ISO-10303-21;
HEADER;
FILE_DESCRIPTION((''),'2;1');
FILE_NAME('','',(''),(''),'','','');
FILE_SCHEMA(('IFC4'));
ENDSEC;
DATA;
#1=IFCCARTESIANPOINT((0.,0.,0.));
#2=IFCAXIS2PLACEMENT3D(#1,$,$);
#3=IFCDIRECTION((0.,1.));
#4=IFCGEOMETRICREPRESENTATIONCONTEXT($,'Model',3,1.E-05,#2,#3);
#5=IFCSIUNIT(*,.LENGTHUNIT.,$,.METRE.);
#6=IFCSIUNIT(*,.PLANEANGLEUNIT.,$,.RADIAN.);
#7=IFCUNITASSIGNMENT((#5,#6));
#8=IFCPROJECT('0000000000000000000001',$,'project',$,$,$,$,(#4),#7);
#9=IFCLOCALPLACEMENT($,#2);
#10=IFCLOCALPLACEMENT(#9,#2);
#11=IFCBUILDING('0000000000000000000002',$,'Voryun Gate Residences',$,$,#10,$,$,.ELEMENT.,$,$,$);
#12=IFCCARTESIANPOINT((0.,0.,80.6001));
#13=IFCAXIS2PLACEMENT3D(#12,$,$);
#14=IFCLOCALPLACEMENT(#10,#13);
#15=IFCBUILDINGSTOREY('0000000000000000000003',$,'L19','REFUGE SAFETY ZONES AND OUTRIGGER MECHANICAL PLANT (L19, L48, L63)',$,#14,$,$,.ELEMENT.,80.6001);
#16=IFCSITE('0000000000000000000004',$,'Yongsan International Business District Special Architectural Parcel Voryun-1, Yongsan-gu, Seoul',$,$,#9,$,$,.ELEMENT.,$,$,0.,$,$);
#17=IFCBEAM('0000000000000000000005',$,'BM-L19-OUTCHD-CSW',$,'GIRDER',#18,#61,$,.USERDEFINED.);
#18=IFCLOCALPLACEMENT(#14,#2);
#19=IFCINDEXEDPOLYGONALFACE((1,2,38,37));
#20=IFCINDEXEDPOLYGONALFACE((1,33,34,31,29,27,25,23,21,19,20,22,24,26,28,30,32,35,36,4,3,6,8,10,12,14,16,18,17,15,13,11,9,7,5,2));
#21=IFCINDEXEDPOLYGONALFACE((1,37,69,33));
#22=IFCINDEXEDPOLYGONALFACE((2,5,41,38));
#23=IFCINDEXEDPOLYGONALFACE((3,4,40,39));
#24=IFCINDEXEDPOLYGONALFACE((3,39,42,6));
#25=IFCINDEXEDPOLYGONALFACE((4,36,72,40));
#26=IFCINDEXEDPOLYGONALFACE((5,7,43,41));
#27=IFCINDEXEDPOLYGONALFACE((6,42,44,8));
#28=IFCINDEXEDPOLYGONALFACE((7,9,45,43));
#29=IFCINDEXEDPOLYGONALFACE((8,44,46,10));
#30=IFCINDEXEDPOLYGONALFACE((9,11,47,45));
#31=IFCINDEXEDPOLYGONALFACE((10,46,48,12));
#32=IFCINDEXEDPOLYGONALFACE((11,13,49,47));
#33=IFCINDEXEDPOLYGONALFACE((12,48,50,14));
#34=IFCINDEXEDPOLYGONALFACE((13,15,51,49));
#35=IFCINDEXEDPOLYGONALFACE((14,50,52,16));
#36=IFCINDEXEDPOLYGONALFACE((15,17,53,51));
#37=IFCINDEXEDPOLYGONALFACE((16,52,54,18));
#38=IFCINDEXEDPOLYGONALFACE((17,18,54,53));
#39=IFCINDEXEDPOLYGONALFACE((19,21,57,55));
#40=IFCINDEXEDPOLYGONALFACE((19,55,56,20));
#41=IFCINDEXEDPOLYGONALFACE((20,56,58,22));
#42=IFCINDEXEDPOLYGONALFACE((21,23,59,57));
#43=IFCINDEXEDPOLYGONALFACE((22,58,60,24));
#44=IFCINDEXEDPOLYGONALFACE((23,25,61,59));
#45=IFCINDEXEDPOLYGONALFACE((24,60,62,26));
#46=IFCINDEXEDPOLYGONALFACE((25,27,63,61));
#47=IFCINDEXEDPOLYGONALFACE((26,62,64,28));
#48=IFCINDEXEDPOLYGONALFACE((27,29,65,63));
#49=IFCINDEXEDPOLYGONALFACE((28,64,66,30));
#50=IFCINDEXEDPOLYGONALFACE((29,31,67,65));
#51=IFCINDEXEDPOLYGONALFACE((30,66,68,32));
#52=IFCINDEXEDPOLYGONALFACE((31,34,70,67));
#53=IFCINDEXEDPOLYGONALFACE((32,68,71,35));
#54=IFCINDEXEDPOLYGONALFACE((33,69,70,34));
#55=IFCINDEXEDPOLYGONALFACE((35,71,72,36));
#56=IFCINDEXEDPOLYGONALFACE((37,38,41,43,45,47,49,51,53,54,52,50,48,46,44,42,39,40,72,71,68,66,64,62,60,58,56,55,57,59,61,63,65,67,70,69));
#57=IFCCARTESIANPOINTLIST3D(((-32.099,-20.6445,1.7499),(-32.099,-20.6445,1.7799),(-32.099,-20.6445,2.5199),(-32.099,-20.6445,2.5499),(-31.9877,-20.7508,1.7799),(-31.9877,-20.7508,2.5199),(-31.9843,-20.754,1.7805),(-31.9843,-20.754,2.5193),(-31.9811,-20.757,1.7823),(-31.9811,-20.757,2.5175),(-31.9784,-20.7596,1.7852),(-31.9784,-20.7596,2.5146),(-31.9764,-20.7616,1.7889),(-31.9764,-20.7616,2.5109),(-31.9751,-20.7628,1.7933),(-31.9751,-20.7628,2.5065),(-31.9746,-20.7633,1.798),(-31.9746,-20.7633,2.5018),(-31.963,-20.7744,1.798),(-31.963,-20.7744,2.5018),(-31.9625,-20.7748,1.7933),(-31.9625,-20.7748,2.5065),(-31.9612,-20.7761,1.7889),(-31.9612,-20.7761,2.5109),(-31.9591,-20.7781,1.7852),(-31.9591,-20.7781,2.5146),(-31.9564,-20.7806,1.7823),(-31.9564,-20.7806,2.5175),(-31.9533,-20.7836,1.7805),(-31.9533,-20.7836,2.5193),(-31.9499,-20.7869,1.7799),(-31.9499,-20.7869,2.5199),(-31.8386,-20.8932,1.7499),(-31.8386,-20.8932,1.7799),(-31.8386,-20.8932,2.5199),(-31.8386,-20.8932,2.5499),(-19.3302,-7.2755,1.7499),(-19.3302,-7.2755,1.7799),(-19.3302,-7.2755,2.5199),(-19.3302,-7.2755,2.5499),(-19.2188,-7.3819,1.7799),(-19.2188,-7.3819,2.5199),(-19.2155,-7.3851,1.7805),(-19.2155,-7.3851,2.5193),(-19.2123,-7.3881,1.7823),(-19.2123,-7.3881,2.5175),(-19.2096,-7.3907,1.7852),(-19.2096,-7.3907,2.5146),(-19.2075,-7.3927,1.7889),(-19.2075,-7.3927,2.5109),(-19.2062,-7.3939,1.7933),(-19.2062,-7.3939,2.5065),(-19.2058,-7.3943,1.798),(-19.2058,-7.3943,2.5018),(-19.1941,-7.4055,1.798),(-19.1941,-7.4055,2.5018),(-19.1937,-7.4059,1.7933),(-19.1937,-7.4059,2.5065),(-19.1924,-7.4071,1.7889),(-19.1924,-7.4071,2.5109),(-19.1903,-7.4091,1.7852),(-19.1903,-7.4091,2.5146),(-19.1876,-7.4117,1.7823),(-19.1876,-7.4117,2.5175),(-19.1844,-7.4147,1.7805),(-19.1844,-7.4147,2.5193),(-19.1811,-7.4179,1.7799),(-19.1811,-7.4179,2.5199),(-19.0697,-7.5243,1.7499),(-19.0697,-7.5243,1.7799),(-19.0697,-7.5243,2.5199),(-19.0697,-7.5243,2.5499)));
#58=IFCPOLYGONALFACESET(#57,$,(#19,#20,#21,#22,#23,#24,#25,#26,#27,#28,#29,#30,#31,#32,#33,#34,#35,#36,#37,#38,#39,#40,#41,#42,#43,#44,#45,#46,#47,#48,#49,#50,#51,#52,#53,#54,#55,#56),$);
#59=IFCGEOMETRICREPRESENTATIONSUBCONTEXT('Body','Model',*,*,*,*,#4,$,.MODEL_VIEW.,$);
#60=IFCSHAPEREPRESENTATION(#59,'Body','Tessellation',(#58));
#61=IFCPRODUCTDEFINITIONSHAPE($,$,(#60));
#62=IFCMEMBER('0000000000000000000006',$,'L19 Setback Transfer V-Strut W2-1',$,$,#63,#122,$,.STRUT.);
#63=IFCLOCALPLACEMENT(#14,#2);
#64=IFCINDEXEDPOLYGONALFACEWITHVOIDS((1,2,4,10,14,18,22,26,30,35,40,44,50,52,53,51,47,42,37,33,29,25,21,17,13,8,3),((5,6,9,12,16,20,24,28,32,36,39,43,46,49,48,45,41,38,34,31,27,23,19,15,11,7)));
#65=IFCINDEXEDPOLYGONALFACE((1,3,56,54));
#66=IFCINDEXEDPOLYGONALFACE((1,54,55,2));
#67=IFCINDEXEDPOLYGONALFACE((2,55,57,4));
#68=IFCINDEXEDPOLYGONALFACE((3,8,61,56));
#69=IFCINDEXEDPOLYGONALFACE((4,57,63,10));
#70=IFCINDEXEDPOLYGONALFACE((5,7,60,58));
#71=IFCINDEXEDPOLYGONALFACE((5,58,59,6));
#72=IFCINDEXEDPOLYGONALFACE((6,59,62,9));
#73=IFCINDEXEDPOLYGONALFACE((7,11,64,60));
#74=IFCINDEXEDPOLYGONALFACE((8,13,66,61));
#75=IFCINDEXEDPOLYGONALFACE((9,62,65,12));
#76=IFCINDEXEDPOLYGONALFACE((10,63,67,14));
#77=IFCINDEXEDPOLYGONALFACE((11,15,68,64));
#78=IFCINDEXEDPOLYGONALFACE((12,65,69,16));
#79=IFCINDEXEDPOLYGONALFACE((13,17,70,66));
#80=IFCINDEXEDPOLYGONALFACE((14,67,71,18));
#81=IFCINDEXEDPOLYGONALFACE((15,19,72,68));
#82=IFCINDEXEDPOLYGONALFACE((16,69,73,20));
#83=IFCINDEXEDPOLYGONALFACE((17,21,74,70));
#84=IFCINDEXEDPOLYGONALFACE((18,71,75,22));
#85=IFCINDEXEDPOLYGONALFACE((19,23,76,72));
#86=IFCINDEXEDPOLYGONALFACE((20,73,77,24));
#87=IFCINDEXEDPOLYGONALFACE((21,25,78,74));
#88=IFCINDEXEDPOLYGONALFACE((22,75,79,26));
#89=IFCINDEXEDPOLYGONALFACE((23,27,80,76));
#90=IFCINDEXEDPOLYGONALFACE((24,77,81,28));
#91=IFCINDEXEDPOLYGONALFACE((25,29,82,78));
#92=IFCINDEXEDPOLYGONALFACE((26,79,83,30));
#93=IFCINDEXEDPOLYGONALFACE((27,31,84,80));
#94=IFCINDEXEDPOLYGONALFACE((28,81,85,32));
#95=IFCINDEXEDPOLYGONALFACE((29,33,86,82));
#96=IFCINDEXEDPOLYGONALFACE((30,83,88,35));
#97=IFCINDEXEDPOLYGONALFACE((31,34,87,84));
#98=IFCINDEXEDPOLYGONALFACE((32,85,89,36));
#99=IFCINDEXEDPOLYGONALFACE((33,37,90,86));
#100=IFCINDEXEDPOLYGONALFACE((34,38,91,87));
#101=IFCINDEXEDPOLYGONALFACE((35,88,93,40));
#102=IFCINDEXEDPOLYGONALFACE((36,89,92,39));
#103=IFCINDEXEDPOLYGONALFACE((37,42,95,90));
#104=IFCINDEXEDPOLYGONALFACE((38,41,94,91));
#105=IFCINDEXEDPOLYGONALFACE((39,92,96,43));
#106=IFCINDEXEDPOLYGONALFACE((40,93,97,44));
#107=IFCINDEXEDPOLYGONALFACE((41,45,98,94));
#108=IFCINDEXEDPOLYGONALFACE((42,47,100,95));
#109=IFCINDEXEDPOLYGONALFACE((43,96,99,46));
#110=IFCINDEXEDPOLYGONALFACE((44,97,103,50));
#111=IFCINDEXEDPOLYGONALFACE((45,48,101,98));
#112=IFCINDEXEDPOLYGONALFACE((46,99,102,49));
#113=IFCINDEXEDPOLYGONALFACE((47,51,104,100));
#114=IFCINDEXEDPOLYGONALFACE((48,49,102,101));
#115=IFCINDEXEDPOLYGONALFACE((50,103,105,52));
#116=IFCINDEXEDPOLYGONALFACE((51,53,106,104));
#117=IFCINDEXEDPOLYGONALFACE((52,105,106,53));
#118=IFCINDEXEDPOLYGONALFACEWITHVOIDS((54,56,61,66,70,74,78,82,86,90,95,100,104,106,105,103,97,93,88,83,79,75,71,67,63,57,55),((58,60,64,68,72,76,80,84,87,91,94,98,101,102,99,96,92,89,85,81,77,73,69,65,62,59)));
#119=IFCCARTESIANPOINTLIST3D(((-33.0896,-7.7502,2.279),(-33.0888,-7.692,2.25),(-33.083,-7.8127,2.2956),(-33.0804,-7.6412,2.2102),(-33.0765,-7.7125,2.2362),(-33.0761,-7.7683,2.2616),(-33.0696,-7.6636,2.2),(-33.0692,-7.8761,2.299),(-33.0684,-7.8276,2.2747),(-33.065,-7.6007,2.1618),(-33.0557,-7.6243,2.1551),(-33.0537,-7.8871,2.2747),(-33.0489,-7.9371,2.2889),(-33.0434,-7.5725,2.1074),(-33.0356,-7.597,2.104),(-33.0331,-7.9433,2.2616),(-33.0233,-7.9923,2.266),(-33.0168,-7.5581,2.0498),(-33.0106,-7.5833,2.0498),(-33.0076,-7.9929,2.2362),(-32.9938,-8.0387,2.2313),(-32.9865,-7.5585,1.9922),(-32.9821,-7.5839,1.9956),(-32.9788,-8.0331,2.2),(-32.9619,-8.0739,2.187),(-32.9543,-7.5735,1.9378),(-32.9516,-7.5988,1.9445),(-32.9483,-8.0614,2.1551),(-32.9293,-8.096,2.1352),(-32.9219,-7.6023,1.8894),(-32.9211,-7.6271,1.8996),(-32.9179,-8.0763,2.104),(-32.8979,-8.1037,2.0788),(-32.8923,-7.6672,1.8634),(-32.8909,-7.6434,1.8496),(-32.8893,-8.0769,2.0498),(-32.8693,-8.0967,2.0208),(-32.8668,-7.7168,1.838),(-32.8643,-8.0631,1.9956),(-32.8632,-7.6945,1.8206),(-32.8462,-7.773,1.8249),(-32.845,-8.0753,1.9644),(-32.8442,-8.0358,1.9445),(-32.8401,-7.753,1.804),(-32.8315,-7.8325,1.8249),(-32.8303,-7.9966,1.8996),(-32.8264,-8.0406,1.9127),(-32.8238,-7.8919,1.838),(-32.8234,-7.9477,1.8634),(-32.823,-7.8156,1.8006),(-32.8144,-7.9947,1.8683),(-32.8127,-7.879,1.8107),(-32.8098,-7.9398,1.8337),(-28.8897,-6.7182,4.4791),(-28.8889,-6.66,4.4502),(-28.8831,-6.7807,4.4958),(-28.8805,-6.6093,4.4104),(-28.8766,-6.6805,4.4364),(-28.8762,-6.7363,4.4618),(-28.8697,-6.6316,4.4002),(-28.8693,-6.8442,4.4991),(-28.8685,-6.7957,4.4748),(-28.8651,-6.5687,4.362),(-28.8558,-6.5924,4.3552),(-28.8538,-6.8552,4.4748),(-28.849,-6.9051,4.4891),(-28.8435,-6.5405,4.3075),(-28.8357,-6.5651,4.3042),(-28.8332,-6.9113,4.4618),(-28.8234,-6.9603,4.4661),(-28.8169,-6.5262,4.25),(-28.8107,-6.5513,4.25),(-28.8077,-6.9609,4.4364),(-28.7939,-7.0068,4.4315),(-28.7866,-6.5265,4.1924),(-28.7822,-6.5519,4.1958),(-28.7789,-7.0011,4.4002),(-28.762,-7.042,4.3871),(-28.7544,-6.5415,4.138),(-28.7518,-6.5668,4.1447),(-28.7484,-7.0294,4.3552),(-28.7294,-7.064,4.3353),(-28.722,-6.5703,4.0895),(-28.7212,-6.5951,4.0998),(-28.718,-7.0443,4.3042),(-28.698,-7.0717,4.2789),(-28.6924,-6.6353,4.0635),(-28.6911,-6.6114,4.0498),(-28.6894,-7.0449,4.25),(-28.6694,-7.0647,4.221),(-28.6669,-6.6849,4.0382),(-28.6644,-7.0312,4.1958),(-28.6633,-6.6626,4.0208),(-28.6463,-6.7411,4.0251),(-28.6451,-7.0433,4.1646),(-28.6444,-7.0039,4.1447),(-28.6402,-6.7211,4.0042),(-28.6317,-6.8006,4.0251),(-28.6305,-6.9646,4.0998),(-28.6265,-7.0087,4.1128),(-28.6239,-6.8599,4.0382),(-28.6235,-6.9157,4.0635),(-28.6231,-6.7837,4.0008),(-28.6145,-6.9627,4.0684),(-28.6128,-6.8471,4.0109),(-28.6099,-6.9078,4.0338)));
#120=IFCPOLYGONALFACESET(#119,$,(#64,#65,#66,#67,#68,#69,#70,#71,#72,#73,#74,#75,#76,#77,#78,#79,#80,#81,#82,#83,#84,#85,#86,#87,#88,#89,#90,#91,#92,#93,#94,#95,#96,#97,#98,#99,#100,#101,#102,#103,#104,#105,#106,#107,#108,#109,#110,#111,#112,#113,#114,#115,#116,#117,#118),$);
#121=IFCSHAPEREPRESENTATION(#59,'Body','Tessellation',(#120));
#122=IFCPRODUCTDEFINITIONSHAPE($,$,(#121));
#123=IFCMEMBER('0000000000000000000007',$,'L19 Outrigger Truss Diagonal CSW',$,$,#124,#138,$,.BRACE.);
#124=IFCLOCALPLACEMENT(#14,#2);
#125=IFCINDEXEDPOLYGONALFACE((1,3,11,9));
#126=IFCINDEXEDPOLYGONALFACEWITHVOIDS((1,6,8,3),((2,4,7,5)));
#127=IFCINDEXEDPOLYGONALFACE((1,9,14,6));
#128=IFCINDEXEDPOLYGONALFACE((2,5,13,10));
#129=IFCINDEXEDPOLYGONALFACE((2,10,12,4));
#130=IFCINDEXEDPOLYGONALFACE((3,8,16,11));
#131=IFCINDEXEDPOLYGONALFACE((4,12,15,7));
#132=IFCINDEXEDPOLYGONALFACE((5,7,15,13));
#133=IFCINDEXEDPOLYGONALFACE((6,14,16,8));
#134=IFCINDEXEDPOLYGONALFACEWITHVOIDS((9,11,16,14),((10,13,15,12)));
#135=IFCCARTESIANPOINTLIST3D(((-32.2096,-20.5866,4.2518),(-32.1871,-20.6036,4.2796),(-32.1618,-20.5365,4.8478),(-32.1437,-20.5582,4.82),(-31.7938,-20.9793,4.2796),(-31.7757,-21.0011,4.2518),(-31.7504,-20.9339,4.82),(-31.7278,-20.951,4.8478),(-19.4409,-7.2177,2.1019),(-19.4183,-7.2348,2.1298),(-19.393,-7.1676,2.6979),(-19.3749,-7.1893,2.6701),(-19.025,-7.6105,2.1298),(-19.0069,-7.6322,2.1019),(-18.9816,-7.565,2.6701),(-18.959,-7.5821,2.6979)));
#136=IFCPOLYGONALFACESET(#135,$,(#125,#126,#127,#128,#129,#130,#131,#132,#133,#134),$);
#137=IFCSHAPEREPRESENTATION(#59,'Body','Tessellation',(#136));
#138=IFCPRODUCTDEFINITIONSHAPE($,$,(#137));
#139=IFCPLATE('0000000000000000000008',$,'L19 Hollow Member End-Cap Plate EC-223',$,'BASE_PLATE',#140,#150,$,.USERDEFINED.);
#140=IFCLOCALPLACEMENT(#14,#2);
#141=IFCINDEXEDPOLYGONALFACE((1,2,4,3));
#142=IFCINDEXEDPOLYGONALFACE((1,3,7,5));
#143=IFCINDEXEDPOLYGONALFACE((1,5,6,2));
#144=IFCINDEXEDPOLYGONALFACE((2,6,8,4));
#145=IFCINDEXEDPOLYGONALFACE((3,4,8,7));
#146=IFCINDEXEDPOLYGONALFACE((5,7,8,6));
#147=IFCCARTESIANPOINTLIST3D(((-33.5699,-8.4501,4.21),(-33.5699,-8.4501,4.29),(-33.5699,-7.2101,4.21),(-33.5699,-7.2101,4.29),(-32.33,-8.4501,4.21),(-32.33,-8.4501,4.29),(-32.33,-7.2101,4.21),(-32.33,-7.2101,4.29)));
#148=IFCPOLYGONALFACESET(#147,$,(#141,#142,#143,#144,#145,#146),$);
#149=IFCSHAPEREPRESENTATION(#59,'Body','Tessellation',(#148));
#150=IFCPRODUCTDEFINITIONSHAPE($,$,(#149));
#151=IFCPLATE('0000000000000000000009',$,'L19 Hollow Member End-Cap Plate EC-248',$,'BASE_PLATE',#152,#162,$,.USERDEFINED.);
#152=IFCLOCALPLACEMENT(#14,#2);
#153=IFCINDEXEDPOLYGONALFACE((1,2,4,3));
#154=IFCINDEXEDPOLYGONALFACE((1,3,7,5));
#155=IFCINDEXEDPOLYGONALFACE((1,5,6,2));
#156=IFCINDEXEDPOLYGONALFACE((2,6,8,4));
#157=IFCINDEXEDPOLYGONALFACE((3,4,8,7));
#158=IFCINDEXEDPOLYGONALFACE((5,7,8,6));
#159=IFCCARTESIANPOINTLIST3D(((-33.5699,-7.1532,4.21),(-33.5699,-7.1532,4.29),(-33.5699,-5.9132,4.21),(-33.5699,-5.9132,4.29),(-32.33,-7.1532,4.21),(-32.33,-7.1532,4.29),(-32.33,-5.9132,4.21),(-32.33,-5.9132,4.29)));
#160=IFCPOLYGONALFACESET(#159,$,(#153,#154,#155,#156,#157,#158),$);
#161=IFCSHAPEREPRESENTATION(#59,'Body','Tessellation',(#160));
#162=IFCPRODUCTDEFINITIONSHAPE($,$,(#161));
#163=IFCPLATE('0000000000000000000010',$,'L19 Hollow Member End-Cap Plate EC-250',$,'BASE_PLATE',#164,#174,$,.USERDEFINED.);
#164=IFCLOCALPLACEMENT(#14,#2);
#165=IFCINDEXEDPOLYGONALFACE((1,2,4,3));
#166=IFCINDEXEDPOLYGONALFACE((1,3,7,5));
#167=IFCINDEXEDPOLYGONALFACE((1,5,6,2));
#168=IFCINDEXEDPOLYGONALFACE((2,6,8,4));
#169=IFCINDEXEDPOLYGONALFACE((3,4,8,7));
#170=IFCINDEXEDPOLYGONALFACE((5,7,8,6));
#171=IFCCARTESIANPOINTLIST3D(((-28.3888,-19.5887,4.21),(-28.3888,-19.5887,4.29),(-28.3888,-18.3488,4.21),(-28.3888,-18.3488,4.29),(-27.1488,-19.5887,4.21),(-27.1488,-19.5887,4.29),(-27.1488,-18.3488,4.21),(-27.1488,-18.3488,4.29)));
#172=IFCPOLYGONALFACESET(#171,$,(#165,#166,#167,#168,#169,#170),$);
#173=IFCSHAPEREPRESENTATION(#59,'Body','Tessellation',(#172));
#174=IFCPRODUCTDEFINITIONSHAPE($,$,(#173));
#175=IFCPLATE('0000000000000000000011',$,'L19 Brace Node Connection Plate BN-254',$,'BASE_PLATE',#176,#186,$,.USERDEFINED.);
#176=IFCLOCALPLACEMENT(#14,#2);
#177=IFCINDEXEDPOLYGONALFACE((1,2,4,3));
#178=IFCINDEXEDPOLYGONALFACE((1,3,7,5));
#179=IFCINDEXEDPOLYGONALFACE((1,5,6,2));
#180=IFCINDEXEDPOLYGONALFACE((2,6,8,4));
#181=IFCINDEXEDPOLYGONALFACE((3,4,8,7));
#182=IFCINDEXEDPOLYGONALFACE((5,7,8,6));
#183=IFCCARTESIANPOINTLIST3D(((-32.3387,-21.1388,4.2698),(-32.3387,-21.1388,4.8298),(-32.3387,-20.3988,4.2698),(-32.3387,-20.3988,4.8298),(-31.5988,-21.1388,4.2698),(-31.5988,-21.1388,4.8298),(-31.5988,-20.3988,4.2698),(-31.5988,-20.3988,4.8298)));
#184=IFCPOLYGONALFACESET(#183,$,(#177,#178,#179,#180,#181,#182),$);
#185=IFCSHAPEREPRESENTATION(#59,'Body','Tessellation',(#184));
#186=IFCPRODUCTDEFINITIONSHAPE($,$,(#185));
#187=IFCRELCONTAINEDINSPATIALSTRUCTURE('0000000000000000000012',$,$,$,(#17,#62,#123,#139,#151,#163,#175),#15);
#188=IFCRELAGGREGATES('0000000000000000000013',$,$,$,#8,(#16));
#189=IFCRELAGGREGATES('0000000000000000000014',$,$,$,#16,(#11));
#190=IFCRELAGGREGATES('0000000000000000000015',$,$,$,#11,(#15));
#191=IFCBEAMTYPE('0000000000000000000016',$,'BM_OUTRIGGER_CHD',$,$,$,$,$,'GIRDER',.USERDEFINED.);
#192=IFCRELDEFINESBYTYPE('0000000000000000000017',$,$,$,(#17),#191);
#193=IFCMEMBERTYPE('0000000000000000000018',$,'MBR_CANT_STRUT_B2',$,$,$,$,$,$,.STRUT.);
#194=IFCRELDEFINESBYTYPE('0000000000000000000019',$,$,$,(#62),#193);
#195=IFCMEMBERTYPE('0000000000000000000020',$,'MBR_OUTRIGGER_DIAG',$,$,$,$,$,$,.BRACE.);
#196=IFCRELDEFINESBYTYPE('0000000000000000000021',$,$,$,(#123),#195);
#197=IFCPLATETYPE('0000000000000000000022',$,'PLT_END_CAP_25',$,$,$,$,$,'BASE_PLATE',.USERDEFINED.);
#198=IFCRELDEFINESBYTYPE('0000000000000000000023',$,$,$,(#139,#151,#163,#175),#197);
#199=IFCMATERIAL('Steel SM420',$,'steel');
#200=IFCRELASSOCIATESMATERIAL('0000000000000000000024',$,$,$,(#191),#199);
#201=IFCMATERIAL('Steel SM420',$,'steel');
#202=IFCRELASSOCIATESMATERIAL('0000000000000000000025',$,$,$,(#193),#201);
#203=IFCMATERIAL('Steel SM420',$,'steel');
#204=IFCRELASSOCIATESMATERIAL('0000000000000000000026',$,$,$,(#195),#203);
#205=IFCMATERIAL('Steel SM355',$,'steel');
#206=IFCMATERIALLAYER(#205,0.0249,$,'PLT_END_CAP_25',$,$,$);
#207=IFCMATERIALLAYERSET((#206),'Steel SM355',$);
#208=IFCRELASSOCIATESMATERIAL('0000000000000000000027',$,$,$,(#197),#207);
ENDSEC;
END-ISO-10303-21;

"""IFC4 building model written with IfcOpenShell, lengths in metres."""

from ifc_helpers import new_model, si_unit, direction, frame, origin, origin_2d, place, context, subcontext, project, spatial, rectangle, hollow_rectangle, hollow_circle, i_section, extrude, material, layer, layer_set, material_profile, profile_set, type_object, element, save


model = new_model("IFC4")

# Units and contexts
model_context = context("Model", 3, precision=1e-05, world=origin(), true_north=direction((0.0, 1.0)))
body_context = subcontext(model_context, "Body", "Model", "MODEL_VIEW")
ifc_project = project(units=[si_unit("LENGTHUNIT", "METRE"), si_unit("PLANEANGLEUNIT", "RADIAN")], contexts=[model_context])

# Site, building, storey
site_placement = place(None, origin())
site = spatial("IfcSite", under=ifc_project, at=site_placement, Name="Yongsan International Business District Special Architectural Parcel Voryun-1, Yongsan-gu, Seoul", CompositionType="ELEMENT", RefElevation=0.0)
building_placement = place(site_placement, origin())
building = spatial("IfcBuilding", under=site, at=building_placement, Name="Voryun Gate Residences", CompositionType="ELEMENT")
storey_placement = place(building_placement, frame((0.0, 0.0, 80.6001)))
storey = spatial("IfcBuildingStorey", under=building, at=storey_placement, Name="L19", Description="REFUGE SAFETY ZONES AND OUTRIGGER MECHANICAL PLANT (L19, L48, L63)", CompositionType="ELEMENT", Elevation=80.6001)

# Beam
ifc_material_1 = material(Name="Steel SM420", Category="steel")
ifc_material_profile_1 = material_profile(ifc_material_1, i_section(OverallWidth=0.3601, OverallDepth=0.8, WebThickness=0.0161, FlangeThickness=0.03, FilletRadius=0.0181, at=origin_2d()), Name="H-800x360x16x30")
ifc_profile_set_1 = profile_set([ifc_material_profile_1], Name="Steel SM420")
beam_type_1 = type_object("IfcBeamType", Name="BM_OUTRIGGER_CHD", ElementType="GIRDER", PredefinedType="USERDEFINED", material=ifc_profile_set_1)
beam_1_placement = place(storey_placement, frame((-19.2, -7.3999, 2.1499), z_axis=(-0.69069, -0.723151, 0.0), x_axis=(0.723151, -0.69069, 0.0)))
element("IfcBeam", 1, at=beam_1_placement, inside=storey, type_object=beam_type_1, Name="BM-L19-OUTCHD-CSW", ObjectType="GIRDER", PredefinedType="USERDEFINED", context=body_context, shape_type="SweptSolid", body=[
    extrude(i_section(OverallWidth=0.3601, OverallDepth=0.8, WebThickness=0.0161, FlangeThickness=0.03, FilletRadius=0.0181, at=origin_2d()), origin(), (0.0, 0.0, 1.0), 18.4871),
])

# Members
ifc_material_2 = material(Name="Steel SM420", Category="steel")
ifc_material_profile_2 = material_profile(ifc_material_2, hollow_circle(Radius=0.28, WallThickness=0.0259, at=origin_2d()), Name="CHS-560x26")
ifc_profile_set_2 = profile_set([ifc_material_profile_2], Name="Steel SM420")
member_type_1 = type_object("IfcMemberType", Name="MBR_CANT_STRUT_B2", PredefinedType="STRUT", material=ifc_profile_set_2)
member_1_placement = place(storey_placement, frame((-32.95, -7.8301, 2.0498), z_axis=(0.865547, 0.212676, 0.453428), x_axis=(-0.238615, 0.971114, 0.0)))
element("IfcMember", 2, at=member_1_placement, inside=storey, type_object=member_type_1, Name="L19 Setback Transfer V-Strut W2-1", PredefinedType="STRUT", context=body_context, shape_type="SweptSolid", body=[
    extrude(hollow_circle(Radius=0.28, WallThickness=0.0259, at=origin_2d()), origin(), (0.0, 0.0, 1.0), 4.8523),
])
ifc_material_3 = material(Name="Steel SM420", Category="steel")
ifc_material_profile_3 = material_profile(ifc_material_3, hollow_rectangle(XDim=0.6001, YDim=0.6001, WallThickness=0.0281, at=origin_2d()), Name="BOX-600x600x28")
ifc_profile_set_3 = profile_set([ifc_material_profile_3], Name="Steel SM420")
member_type_2 = type_object("IfcMemberType", Name="MBR_OUTRIGGER_DIAG", PredefinedType="BRACE", material=ifc_profile_set_3)
member_2_placement = place(storey_placement, frame((-19.2, -7.3999, 2.3999), z_axis=(-0.686067, -0.71831, 0.115514), x_axis=(0.723151, -0.69069, 0.0)))
element("IfcMember", 3, at=member_2_placement, inside=storey, type_object=member_type_2, Name="L19 Outrigger Truss Diagonal CSW", PredefinedType="BRACE", context=body_context, shape_type="SweptSolid", body=[
    extrude(hollow_rectangle(XDim=0.6001, YDim=0.6001, WallThickness=0.0281, at=origin_2d()), origin(), (0.0, 0.0, 1.0), 18.6116),
])

# Plates
ifc_material_4 = material(Name="Steel SM355", Category="steel")
ifc_layer_1 = layer(ifc_material_4, 0.0249, Name="PLT_END_CAP_25")
ifc_layer_set_1 = layer_set([ifc_layer_1], Name="Steel SM355")
plate_type_1 = type_object("IfcPlateType", Name="PLT_END_CAP_25", ElementType="BASE_PLATE", PredefinedType="USERDEFINED", material=ifc_layer_set_1)
for number, where, z_axis, x_axis, name in (
    (4, (-32.95, -7.8301, 4.21), (0.0, 0.0, 1.0), (1.0, 0.0, 0.0), "L19 Hollow Member End-Cap Plate EC-223"),
    (5, (-32.95, -6.5332, 4.21), (0.0, 0.0, 1.0), (1.0, 0.0, 0.0), "L19 Hollow Member End-Cap Plate EC-248"),
    (6, (-27.7688, -18.9688, 4.21), (0.0, 0.0, 1.0), (1.0, 0.0, 0.0), "L19 Hollow Member End-Cap Plate EC-250"),
):
    element("IfcPlate", number, at=place(storey_placement, frame(where, z_axis=z_axis, x_axis=x_axis)), inside=storey, type_object=plate_type_1, Name=name, ObjectType="BASE_PLATE", PredefinedType="USERDEFINED", context=body_context, shape_type="SweptSolid", body=[
        extrude(rectangle(XDim=1.24, YDim=1.24, at=origin_2d()), origin(), (0.0, 0.0, 1.0), 0.0801),
    ])
plate_1_placement = place(storey_placement, frame((-31.9688, -20.7688, 4.2698), z_axis=(0.0, 0.0, 1.0), x_axis=(1.0, 0.0, 0.0)))
element("IfcPlate", 7, at=plate_1_placement, inside=storey, type_object=plate_type_1, Name="L19 Brace Node Connection Plate BN-254", ObjectType="BASE_PLATE", PredefinedType="USERDEFINED", context=body_context, shape_type="SweptSolid", body=[
    extrude(rectangle(XDim=0.74, YDim=0.74, at=origin_2d()), origin(), (0.0, 0.0, 1.0), 0.5601),
])

save(model, "model.ifc")
